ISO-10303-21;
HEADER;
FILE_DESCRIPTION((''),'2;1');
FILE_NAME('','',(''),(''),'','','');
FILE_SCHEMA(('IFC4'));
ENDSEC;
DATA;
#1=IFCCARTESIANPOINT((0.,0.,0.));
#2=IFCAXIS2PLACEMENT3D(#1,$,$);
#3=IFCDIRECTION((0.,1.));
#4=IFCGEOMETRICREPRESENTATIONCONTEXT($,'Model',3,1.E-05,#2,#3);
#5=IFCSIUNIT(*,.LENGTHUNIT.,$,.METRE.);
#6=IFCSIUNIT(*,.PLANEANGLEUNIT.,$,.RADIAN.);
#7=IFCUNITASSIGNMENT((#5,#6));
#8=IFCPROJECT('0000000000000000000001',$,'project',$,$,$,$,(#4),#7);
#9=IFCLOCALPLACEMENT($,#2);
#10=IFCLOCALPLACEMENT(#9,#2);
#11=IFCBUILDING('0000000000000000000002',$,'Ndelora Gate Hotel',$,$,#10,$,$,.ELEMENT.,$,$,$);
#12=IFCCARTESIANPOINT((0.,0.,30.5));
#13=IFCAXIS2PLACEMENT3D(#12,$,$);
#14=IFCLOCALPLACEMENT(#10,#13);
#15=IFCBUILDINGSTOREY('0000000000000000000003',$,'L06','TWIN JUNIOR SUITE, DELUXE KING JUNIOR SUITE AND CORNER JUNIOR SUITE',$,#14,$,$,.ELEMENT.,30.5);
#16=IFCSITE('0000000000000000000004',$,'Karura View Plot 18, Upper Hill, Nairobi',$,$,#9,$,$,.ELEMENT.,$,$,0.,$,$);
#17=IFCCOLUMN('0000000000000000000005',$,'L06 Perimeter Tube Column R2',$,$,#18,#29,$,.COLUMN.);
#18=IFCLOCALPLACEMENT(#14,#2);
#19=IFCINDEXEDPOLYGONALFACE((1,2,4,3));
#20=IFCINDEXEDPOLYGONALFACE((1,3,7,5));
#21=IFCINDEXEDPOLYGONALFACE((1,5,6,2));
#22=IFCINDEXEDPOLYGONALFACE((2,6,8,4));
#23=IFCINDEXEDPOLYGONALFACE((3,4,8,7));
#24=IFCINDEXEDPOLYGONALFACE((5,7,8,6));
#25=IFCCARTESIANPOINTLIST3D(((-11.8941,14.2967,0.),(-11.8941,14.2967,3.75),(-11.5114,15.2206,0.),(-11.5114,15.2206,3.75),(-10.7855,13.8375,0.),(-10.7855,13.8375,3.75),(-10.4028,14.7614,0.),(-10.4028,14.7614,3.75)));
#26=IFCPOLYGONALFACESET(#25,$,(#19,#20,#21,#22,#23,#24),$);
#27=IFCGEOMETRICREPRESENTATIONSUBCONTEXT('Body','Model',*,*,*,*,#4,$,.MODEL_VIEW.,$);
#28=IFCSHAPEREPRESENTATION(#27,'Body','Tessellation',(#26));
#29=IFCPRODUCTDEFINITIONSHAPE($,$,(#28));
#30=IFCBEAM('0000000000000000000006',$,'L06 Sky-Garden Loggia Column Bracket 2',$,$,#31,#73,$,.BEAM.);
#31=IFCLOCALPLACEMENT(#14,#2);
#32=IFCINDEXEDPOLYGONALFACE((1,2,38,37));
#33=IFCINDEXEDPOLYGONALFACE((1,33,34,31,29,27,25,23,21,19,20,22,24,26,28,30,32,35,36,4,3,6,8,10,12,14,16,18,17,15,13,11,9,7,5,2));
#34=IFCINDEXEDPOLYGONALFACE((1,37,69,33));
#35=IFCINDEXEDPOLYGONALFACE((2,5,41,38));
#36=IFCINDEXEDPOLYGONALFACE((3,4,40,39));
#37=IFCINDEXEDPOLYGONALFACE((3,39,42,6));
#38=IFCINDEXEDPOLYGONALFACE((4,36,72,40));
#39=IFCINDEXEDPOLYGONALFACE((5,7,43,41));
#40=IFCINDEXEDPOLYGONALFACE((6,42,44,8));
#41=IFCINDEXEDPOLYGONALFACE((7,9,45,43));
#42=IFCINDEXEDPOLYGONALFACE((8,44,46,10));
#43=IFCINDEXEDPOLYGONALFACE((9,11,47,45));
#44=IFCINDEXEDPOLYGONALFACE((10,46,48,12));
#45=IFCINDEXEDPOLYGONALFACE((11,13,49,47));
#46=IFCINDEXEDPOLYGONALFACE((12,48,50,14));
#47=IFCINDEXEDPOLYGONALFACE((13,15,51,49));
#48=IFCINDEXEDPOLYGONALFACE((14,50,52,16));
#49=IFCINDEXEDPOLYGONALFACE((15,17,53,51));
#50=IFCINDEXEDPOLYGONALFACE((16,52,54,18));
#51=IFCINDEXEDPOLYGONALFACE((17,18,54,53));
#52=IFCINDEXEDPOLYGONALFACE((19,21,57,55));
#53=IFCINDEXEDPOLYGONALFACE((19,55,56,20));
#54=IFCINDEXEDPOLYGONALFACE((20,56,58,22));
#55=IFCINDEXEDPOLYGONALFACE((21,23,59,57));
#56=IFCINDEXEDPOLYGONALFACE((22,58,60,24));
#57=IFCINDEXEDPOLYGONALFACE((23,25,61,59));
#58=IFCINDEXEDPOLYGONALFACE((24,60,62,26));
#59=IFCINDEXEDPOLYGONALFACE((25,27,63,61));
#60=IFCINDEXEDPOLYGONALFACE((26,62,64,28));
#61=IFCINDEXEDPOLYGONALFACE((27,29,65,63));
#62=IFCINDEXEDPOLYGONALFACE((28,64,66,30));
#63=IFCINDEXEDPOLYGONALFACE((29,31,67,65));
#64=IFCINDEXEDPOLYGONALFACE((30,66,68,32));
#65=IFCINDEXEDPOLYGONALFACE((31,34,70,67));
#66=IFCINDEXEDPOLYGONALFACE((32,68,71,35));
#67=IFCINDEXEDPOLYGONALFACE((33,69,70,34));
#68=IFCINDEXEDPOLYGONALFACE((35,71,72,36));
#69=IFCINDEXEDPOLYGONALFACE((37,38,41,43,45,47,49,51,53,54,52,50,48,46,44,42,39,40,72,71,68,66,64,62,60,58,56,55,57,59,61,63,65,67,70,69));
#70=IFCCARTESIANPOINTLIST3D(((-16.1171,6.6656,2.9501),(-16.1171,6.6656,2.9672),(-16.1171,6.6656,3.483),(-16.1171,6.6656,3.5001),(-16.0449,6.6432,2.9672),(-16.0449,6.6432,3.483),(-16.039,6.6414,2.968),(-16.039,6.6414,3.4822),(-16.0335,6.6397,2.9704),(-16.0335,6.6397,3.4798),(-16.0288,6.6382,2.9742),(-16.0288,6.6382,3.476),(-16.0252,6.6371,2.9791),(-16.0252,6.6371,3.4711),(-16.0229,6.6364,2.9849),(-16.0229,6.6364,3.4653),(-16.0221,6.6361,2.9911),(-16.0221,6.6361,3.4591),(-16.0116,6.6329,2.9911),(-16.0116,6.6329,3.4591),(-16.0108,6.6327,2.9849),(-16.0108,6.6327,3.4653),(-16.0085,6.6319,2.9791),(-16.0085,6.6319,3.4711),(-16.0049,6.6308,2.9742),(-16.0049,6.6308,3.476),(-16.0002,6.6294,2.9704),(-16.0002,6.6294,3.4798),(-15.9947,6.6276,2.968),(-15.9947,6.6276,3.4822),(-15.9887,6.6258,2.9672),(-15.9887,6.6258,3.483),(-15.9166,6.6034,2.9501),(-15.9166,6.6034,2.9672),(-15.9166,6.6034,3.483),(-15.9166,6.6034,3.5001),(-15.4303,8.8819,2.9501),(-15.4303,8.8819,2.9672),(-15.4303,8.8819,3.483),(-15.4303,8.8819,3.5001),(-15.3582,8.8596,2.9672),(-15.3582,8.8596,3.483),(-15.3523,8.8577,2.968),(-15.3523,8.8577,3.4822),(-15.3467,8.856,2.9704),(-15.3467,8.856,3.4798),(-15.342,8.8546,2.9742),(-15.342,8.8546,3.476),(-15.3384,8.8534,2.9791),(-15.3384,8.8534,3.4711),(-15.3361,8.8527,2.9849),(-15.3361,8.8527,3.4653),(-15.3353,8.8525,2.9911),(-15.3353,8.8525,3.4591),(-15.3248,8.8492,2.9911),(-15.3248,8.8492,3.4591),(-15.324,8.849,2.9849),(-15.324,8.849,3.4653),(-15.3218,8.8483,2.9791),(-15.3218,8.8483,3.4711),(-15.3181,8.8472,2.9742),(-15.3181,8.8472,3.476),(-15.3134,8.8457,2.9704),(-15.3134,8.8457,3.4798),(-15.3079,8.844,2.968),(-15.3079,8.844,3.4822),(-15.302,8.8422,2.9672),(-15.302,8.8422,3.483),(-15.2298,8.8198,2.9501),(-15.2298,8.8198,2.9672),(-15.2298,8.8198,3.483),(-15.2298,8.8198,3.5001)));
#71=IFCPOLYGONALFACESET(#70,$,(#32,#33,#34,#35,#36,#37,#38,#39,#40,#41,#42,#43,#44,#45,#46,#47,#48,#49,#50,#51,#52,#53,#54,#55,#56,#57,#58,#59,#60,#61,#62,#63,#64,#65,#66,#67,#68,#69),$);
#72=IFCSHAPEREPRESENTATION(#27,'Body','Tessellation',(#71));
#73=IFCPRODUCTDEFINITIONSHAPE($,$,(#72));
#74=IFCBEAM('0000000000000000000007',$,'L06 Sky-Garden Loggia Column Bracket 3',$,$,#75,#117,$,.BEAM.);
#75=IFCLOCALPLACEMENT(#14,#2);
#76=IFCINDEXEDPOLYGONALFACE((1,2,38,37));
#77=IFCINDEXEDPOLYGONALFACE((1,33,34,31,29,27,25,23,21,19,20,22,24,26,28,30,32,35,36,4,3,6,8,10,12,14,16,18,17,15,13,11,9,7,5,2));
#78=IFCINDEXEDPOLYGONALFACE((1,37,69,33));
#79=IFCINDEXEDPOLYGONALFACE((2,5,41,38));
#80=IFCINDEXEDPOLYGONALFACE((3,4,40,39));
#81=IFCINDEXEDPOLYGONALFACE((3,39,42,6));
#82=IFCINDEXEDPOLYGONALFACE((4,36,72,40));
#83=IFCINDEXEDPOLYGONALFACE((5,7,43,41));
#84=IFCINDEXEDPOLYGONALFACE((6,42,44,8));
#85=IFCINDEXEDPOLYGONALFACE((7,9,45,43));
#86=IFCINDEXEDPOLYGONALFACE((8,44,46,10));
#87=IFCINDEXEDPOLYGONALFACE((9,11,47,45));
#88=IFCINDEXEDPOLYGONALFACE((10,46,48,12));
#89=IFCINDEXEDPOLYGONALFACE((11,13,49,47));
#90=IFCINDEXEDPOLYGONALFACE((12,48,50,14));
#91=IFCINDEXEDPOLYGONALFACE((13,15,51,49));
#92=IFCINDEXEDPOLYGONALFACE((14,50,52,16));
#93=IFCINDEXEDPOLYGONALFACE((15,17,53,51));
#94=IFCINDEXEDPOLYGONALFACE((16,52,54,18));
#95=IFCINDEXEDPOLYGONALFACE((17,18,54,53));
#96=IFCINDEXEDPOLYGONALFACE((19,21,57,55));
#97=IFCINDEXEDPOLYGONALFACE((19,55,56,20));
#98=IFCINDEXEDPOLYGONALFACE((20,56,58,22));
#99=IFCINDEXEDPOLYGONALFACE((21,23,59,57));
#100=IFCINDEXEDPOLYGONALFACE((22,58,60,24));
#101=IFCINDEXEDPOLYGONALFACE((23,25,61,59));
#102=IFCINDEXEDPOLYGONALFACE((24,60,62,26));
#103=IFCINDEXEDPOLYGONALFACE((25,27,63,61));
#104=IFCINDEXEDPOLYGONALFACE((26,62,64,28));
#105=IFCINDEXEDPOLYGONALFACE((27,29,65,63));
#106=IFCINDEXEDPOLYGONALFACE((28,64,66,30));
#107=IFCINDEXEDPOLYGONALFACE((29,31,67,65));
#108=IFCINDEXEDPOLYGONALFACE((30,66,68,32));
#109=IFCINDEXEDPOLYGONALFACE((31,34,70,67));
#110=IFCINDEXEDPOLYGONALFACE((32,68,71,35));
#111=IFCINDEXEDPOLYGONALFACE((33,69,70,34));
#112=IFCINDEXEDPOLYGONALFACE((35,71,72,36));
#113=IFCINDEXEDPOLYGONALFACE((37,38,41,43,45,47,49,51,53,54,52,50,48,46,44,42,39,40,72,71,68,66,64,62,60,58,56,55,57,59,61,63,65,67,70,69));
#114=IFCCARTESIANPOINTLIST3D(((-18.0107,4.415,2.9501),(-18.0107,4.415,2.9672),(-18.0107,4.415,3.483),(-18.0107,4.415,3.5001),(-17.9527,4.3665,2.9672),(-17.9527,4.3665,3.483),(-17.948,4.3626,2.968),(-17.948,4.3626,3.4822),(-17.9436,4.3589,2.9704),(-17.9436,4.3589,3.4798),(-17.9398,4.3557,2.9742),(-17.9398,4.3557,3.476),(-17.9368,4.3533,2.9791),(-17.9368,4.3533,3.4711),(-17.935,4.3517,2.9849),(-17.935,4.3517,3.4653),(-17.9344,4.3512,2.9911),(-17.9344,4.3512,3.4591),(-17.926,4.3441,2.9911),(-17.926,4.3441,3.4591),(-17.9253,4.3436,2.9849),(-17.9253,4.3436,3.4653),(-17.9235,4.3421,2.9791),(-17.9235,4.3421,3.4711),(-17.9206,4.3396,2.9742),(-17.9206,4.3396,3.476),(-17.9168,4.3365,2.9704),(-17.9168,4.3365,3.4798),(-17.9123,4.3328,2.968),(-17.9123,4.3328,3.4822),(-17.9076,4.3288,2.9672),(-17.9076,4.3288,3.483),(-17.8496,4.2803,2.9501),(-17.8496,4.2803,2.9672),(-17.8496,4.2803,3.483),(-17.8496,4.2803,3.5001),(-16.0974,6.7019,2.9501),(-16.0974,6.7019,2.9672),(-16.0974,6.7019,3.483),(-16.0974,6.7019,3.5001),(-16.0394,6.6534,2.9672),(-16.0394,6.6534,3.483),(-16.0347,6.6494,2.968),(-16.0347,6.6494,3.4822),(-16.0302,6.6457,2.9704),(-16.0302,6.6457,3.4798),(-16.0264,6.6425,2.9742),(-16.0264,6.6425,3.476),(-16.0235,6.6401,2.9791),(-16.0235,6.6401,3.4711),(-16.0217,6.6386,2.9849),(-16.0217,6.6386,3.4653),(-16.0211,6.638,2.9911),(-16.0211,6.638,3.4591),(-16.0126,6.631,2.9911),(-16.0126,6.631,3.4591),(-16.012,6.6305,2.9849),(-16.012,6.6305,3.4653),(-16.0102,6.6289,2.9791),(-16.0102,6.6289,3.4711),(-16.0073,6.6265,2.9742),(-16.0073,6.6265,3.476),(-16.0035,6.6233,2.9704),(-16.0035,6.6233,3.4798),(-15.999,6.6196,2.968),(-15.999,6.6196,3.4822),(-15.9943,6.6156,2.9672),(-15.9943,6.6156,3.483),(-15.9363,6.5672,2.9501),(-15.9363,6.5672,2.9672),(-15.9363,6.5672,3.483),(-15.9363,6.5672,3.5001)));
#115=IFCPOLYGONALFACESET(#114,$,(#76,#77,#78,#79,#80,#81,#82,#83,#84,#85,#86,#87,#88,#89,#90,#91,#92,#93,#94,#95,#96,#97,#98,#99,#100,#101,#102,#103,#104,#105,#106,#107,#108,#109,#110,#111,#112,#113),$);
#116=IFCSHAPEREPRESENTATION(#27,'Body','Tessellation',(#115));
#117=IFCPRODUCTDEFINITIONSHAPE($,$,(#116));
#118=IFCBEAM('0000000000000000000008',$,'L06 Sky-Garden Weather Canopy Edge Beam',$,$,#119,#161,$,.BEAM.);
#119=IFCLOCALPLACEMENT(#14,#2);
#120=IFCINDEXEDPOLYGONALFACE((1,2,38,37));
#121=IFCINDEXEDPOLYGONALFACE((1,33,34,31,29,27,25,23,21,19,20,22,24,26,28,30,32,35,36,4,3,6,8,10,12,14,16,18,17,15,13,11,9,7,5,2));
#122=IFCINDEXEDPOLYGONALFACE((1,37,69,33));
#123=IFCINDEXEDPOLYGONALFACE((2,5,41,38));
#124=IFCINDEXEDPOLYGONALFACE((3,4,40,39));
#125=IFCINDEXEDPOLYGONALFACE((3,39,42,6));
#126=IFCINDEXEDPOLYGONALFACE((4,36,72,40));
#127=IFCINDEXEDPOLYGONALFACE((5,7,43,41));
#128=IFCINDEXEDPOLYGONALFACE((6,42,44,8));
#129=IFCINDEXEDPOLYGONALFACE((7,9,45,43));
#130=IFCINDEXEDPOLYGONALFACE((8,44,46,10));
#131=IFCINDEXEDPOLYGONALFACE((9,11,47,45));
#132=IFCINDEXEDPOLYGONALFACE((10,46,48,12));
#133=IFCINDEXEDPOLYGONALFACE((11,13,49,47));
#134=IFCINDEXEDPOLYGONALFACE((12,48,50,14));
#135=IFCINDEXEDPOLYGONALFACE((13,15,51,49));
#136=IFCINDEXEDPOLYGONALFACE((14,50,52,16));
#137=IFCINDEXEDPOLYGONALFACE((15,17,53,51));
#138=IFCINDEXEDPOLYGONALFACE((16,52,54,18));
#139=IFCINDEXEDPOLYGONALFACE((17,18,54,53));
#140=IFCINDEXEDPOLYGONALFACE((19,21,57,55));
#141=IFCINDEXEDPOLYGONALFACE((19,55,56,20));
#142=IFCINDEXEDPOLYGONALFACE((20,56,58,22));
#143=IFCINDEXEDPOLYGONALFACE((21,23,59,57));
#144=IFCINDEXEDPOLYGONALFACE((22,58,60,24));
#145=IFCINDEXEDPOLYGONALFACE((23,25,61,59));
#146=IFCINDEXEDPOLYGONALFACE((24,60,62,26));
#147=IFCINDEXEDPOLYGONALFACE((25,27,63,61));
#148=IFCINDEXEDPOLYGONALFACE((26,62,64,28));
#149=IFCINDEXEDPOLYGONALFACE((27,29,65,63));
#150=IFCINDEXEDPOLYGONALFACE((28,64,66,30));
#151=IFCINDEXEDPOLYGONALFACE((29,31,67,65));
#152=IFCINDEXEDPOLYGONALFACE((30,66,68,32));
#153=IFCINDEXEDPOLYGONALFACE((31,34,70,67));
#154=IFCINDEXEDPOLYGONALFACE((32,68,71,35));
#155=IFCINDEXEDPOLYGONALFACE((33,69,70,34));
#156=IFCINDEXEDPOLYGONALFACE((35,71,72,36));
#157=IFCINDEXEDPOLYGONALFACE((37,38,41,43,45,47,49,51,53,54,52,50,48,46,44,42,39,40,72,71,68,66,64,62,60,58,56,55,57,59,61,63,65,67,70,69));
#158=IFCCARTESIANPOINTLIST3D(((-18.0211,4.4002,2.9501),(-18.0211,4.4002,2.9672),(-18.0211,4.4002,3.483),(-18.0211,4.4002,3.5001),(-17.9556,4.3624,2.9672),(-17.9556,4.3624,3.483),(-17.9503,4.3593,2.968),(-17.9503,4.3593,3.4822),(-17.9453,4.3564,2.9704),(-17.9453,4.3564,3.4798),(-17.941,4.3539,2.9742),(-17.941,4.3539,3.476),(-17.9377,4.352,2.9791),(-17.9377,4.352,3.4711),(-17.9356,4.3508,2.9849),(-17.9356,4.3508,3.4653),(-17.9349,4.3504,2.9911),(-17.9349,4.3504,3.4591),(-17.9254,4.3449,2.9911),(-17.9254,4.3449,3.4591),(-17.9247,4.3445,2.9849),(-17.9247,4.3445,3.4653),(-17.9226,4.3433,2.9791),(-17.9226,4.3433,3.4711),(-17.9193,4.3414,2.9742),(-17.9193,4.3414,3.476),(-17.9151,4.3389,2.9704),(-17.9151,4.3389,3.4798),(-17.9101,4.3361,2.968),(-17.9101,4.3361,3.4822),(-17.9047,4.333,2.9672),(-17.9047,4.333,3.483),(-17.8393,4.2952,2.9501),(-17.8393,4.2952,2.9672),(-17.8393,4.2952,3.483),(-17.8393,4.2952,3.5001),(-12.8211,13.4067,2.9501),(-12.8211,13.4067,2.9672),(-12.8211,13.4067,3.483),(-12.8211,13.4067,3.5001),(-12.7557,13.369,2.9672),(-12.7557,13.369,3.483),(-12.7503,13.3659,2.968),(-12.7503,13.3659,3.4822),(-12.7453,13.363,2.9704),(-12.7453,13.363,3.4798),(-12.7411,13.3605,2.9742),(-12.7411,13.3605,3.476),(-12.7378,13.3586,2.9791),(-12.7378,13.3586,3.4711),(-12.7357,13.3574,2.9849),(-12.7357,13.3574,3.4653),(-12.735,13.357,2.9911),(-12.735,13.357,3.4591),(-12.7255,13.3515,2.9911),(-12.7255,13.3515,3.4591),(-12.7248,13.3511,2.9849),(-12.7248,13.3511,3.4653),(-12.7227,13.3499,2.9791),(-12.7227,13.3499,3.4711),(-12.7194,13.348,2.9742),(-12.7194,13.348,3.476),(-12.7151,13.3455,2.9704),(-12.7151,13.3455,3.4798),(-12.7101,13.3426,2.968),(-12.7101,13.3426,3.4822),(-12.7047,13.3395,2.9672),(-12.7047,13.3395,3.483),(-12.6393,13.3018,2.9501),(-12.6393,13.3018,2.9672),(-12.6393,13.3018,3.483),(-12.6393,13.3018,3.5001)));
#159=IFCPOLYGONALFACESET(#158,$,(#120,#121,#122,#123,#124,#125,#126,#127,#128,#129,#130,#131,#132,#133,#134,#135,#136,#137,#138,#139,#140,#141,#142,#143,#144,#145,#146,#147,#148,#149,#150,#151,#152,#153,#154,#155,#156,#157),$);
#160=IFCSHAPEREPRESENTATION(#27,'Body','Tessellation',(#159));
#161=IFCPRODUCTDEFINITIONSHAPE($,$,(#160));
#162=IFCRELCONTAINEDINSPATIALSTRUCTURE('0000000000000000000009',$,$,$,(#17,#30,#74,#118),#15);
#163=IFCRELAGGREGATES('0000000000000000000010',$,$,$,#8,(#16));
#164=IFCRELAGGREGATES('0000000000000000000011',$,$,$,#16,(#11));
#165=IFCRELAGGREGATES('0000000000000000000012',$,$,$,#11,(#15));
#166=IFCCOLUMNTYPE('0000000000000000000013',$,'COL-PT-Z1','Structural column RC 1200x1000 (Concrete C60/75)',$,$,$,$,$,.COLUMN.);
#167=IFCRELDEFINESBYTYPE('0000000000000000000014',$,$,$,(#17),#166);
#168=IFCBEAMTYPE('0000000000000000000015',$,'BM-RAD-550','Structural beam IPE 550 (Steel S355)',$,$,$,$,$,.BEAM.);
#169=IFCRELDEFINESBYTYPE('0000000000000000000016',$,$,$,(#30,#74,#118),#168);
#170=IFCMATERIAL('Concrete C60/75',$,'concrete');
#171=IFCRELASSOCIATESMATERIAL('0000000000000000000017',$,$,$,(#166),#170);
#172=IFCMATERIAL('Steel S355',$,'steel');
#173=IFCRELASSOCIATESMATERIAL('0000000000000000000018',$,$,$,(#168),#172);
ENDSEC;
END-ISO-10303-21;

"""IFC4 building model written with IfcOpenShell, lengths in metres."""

from ifc_helpers import new_model, si_unit, direction, frame, origin, origin_2d, place, context, subcontext, project, spatial, rectangle, i_section, extrude, material, material_profile, profile_set, type_object, element, save


model = new_model("IFC4")

# Units and contexts
model_context = context("Model", 3, precision=1e-05, world=origin(), true_north=direction((0.0, 1.0)))
body_context = subcontext(model_context, "Body", "Model", "MODEL_VIEW")
ifc_project = project(units=[si_unit("LENGTHUNIT", "METRE"), si_unit("PLANEANGLEUNIT", "RADIAN")], contexts=[model_context])

# Site, building, storey
site_placement = place(None, origin())
site = spatial("IfcSite", under=ifc_project, at=site_placement, Name="Karura View Plot 18, Upper Hill, Nairobi", CompositionType="ELEMENT", RefElevation=0.0)
building_placement = place(site_placement, origin())
building = spatial("IfcBuilding", under=site, at=building_placement, Name="Ndelora Gate Hotel", CompositionType="ELEMENT")
storey_placement = place(building_placement, frame((0.0, 0.0, 30.5)))
storey = spatial("IfcBuildingStorey", under=building, at=storey_placement, Name="L06", Description="TWIN JUNIOR SUITE, DELUXE KING JUNIOR SUITE AND CORNER JUNIOR SUITE", CompositionType="ELEMENT", Elevation=30.5)

# Column
ifc_material_1 = material(Name="Concrete C60/75", Category="concrete")
ifc_material_profile_1 = material_profile(ifc_material_1, rectangle(XDim=1.0, YDim=1.2, at=origin_2d()), Name="RC 1200x1000")
ifc_profile_set_1 = profile_set([ifc_material_profile_1], Name="Concrete C60/75")
column_type = type_object("IfcColumnType", Name="COL-PT-Z1", Description="Structural column RC 1200x1000 (Concrete C60/75)", PredefinedType="COLUMN", material=ifc_profile_set_1)
column_placement = place(storey_placement, frame((-11.1484, 14.5291, 0.0), z_axis=(0.0, 0.0, 1.0), x_axis=(0.382683, 0.92388, 0.0)))
element("IfcColumn", 1, at=column_placement, inside=storey, type_object=column_type, Name="L06 Perimeter Tube Column R2", PredefinedType="COLUMN", context=body_context, shape_type="SweptSolid", body=[
    extrude(rectangle(XDim=1.0, YDim=1.2, at=origin_2d()), origin(), (0.0, 0.0, 1.0), 3.75),
])

# Beams
ifc_material_2 = material(Name="Steel S355", Category="steel")
ifc_material_profile_2 = material_profile(ifc_material_2, i_section(OverallWidth=0.21, OverallDepth=0.55, WebThickness=0.011, FlangeThickness=0.0171, FilletRadius=0.0239, at=origin_2d()), Name="IPE 550")
ifc_profile_set_2 = profile_set([ifc_material_profile_2], Name="Steel S355")
beam_type_1 = type_object("IfcBeamType", Name="BM-RAD-550", Description="Structural beam IPE 550 (Steel S355)", PredefinedType="BEAM", material=ifc_profile_set_2)
beam_1_placement = place(storey_placement, frame((-16.0168, 6.6345, 3.2251), z_axis=(0.295985, 0.955192, 0.0), x_axis=(-0.955192, 0.295985, 0.0)))
element("IfcBeam", 2, at=beam_1_placement, inside=storey, type_object=beam_type_1, Name="L06 Sky-Garden Loggia Column Bracket 2", PredefinedType="BEAM", context=body_context, shape_type="SweptSolid", body=[
    extrude(i_section(OverallWidth=0.21, OverallDepth=0.55, WebThickness=0.011, FlangeThickness=0.0171, FilletRadius=0.0239, at=origin_2d()), origin(), (0.0, 0.0, 1.0), 2.3203),
])
beam_2_placement = place(storey_placement, frame((-16.0168, 6.6345, 3.2251), z_axis=(-0.641689, -0.766965, 0.0), x_axis=(0.766965, -0.641689, 0.0)))
element("IfcBeam", 3, at=beam_2_placement, inside=storey, type_object=beam_type_1, Name="L06 Sky-Garden Loggia Column Bracket 3", PredefinedType="BEAM", context=body_context, shape_type="SweptSolid", body=[
    extrude(i_section(OverallWidth=0.21, OverallDepth=0.55, WebThickness=0.011, FlangeThickness=0.0171, FilletRadius=0.0239, at=origin_2d()), origin(), (0.0, 0.0, 1.0), 2.9817),
])
beam_3_placement = place(storey_placement, frame((-12.7302, 13.3542, 3.2251), z_axis=(-0.499999, -0.866026, 0.0), x_axis=(0.866026, -0.499999, 0.0)))
element("IfcBeam", 4, at=beam_3_placement, inside=storey, type_object=beam_type_1, Name="L06 Sky-Garden Weather Canopy Edge Beam", PredefinedType="BEAM", context=body_context, shape_type="SweptSolid", body=[
    extrude(i_section(OverallWidth=0.21, OverallDepth=0.55, WebThickness=0.011, FlangeThickness=0.0171, FilletRadius=0.0239, at=origin_2d()), origin(), (0.0, 0.0, 1.0), 10.3999),
])

save(model, "model.ifc")
